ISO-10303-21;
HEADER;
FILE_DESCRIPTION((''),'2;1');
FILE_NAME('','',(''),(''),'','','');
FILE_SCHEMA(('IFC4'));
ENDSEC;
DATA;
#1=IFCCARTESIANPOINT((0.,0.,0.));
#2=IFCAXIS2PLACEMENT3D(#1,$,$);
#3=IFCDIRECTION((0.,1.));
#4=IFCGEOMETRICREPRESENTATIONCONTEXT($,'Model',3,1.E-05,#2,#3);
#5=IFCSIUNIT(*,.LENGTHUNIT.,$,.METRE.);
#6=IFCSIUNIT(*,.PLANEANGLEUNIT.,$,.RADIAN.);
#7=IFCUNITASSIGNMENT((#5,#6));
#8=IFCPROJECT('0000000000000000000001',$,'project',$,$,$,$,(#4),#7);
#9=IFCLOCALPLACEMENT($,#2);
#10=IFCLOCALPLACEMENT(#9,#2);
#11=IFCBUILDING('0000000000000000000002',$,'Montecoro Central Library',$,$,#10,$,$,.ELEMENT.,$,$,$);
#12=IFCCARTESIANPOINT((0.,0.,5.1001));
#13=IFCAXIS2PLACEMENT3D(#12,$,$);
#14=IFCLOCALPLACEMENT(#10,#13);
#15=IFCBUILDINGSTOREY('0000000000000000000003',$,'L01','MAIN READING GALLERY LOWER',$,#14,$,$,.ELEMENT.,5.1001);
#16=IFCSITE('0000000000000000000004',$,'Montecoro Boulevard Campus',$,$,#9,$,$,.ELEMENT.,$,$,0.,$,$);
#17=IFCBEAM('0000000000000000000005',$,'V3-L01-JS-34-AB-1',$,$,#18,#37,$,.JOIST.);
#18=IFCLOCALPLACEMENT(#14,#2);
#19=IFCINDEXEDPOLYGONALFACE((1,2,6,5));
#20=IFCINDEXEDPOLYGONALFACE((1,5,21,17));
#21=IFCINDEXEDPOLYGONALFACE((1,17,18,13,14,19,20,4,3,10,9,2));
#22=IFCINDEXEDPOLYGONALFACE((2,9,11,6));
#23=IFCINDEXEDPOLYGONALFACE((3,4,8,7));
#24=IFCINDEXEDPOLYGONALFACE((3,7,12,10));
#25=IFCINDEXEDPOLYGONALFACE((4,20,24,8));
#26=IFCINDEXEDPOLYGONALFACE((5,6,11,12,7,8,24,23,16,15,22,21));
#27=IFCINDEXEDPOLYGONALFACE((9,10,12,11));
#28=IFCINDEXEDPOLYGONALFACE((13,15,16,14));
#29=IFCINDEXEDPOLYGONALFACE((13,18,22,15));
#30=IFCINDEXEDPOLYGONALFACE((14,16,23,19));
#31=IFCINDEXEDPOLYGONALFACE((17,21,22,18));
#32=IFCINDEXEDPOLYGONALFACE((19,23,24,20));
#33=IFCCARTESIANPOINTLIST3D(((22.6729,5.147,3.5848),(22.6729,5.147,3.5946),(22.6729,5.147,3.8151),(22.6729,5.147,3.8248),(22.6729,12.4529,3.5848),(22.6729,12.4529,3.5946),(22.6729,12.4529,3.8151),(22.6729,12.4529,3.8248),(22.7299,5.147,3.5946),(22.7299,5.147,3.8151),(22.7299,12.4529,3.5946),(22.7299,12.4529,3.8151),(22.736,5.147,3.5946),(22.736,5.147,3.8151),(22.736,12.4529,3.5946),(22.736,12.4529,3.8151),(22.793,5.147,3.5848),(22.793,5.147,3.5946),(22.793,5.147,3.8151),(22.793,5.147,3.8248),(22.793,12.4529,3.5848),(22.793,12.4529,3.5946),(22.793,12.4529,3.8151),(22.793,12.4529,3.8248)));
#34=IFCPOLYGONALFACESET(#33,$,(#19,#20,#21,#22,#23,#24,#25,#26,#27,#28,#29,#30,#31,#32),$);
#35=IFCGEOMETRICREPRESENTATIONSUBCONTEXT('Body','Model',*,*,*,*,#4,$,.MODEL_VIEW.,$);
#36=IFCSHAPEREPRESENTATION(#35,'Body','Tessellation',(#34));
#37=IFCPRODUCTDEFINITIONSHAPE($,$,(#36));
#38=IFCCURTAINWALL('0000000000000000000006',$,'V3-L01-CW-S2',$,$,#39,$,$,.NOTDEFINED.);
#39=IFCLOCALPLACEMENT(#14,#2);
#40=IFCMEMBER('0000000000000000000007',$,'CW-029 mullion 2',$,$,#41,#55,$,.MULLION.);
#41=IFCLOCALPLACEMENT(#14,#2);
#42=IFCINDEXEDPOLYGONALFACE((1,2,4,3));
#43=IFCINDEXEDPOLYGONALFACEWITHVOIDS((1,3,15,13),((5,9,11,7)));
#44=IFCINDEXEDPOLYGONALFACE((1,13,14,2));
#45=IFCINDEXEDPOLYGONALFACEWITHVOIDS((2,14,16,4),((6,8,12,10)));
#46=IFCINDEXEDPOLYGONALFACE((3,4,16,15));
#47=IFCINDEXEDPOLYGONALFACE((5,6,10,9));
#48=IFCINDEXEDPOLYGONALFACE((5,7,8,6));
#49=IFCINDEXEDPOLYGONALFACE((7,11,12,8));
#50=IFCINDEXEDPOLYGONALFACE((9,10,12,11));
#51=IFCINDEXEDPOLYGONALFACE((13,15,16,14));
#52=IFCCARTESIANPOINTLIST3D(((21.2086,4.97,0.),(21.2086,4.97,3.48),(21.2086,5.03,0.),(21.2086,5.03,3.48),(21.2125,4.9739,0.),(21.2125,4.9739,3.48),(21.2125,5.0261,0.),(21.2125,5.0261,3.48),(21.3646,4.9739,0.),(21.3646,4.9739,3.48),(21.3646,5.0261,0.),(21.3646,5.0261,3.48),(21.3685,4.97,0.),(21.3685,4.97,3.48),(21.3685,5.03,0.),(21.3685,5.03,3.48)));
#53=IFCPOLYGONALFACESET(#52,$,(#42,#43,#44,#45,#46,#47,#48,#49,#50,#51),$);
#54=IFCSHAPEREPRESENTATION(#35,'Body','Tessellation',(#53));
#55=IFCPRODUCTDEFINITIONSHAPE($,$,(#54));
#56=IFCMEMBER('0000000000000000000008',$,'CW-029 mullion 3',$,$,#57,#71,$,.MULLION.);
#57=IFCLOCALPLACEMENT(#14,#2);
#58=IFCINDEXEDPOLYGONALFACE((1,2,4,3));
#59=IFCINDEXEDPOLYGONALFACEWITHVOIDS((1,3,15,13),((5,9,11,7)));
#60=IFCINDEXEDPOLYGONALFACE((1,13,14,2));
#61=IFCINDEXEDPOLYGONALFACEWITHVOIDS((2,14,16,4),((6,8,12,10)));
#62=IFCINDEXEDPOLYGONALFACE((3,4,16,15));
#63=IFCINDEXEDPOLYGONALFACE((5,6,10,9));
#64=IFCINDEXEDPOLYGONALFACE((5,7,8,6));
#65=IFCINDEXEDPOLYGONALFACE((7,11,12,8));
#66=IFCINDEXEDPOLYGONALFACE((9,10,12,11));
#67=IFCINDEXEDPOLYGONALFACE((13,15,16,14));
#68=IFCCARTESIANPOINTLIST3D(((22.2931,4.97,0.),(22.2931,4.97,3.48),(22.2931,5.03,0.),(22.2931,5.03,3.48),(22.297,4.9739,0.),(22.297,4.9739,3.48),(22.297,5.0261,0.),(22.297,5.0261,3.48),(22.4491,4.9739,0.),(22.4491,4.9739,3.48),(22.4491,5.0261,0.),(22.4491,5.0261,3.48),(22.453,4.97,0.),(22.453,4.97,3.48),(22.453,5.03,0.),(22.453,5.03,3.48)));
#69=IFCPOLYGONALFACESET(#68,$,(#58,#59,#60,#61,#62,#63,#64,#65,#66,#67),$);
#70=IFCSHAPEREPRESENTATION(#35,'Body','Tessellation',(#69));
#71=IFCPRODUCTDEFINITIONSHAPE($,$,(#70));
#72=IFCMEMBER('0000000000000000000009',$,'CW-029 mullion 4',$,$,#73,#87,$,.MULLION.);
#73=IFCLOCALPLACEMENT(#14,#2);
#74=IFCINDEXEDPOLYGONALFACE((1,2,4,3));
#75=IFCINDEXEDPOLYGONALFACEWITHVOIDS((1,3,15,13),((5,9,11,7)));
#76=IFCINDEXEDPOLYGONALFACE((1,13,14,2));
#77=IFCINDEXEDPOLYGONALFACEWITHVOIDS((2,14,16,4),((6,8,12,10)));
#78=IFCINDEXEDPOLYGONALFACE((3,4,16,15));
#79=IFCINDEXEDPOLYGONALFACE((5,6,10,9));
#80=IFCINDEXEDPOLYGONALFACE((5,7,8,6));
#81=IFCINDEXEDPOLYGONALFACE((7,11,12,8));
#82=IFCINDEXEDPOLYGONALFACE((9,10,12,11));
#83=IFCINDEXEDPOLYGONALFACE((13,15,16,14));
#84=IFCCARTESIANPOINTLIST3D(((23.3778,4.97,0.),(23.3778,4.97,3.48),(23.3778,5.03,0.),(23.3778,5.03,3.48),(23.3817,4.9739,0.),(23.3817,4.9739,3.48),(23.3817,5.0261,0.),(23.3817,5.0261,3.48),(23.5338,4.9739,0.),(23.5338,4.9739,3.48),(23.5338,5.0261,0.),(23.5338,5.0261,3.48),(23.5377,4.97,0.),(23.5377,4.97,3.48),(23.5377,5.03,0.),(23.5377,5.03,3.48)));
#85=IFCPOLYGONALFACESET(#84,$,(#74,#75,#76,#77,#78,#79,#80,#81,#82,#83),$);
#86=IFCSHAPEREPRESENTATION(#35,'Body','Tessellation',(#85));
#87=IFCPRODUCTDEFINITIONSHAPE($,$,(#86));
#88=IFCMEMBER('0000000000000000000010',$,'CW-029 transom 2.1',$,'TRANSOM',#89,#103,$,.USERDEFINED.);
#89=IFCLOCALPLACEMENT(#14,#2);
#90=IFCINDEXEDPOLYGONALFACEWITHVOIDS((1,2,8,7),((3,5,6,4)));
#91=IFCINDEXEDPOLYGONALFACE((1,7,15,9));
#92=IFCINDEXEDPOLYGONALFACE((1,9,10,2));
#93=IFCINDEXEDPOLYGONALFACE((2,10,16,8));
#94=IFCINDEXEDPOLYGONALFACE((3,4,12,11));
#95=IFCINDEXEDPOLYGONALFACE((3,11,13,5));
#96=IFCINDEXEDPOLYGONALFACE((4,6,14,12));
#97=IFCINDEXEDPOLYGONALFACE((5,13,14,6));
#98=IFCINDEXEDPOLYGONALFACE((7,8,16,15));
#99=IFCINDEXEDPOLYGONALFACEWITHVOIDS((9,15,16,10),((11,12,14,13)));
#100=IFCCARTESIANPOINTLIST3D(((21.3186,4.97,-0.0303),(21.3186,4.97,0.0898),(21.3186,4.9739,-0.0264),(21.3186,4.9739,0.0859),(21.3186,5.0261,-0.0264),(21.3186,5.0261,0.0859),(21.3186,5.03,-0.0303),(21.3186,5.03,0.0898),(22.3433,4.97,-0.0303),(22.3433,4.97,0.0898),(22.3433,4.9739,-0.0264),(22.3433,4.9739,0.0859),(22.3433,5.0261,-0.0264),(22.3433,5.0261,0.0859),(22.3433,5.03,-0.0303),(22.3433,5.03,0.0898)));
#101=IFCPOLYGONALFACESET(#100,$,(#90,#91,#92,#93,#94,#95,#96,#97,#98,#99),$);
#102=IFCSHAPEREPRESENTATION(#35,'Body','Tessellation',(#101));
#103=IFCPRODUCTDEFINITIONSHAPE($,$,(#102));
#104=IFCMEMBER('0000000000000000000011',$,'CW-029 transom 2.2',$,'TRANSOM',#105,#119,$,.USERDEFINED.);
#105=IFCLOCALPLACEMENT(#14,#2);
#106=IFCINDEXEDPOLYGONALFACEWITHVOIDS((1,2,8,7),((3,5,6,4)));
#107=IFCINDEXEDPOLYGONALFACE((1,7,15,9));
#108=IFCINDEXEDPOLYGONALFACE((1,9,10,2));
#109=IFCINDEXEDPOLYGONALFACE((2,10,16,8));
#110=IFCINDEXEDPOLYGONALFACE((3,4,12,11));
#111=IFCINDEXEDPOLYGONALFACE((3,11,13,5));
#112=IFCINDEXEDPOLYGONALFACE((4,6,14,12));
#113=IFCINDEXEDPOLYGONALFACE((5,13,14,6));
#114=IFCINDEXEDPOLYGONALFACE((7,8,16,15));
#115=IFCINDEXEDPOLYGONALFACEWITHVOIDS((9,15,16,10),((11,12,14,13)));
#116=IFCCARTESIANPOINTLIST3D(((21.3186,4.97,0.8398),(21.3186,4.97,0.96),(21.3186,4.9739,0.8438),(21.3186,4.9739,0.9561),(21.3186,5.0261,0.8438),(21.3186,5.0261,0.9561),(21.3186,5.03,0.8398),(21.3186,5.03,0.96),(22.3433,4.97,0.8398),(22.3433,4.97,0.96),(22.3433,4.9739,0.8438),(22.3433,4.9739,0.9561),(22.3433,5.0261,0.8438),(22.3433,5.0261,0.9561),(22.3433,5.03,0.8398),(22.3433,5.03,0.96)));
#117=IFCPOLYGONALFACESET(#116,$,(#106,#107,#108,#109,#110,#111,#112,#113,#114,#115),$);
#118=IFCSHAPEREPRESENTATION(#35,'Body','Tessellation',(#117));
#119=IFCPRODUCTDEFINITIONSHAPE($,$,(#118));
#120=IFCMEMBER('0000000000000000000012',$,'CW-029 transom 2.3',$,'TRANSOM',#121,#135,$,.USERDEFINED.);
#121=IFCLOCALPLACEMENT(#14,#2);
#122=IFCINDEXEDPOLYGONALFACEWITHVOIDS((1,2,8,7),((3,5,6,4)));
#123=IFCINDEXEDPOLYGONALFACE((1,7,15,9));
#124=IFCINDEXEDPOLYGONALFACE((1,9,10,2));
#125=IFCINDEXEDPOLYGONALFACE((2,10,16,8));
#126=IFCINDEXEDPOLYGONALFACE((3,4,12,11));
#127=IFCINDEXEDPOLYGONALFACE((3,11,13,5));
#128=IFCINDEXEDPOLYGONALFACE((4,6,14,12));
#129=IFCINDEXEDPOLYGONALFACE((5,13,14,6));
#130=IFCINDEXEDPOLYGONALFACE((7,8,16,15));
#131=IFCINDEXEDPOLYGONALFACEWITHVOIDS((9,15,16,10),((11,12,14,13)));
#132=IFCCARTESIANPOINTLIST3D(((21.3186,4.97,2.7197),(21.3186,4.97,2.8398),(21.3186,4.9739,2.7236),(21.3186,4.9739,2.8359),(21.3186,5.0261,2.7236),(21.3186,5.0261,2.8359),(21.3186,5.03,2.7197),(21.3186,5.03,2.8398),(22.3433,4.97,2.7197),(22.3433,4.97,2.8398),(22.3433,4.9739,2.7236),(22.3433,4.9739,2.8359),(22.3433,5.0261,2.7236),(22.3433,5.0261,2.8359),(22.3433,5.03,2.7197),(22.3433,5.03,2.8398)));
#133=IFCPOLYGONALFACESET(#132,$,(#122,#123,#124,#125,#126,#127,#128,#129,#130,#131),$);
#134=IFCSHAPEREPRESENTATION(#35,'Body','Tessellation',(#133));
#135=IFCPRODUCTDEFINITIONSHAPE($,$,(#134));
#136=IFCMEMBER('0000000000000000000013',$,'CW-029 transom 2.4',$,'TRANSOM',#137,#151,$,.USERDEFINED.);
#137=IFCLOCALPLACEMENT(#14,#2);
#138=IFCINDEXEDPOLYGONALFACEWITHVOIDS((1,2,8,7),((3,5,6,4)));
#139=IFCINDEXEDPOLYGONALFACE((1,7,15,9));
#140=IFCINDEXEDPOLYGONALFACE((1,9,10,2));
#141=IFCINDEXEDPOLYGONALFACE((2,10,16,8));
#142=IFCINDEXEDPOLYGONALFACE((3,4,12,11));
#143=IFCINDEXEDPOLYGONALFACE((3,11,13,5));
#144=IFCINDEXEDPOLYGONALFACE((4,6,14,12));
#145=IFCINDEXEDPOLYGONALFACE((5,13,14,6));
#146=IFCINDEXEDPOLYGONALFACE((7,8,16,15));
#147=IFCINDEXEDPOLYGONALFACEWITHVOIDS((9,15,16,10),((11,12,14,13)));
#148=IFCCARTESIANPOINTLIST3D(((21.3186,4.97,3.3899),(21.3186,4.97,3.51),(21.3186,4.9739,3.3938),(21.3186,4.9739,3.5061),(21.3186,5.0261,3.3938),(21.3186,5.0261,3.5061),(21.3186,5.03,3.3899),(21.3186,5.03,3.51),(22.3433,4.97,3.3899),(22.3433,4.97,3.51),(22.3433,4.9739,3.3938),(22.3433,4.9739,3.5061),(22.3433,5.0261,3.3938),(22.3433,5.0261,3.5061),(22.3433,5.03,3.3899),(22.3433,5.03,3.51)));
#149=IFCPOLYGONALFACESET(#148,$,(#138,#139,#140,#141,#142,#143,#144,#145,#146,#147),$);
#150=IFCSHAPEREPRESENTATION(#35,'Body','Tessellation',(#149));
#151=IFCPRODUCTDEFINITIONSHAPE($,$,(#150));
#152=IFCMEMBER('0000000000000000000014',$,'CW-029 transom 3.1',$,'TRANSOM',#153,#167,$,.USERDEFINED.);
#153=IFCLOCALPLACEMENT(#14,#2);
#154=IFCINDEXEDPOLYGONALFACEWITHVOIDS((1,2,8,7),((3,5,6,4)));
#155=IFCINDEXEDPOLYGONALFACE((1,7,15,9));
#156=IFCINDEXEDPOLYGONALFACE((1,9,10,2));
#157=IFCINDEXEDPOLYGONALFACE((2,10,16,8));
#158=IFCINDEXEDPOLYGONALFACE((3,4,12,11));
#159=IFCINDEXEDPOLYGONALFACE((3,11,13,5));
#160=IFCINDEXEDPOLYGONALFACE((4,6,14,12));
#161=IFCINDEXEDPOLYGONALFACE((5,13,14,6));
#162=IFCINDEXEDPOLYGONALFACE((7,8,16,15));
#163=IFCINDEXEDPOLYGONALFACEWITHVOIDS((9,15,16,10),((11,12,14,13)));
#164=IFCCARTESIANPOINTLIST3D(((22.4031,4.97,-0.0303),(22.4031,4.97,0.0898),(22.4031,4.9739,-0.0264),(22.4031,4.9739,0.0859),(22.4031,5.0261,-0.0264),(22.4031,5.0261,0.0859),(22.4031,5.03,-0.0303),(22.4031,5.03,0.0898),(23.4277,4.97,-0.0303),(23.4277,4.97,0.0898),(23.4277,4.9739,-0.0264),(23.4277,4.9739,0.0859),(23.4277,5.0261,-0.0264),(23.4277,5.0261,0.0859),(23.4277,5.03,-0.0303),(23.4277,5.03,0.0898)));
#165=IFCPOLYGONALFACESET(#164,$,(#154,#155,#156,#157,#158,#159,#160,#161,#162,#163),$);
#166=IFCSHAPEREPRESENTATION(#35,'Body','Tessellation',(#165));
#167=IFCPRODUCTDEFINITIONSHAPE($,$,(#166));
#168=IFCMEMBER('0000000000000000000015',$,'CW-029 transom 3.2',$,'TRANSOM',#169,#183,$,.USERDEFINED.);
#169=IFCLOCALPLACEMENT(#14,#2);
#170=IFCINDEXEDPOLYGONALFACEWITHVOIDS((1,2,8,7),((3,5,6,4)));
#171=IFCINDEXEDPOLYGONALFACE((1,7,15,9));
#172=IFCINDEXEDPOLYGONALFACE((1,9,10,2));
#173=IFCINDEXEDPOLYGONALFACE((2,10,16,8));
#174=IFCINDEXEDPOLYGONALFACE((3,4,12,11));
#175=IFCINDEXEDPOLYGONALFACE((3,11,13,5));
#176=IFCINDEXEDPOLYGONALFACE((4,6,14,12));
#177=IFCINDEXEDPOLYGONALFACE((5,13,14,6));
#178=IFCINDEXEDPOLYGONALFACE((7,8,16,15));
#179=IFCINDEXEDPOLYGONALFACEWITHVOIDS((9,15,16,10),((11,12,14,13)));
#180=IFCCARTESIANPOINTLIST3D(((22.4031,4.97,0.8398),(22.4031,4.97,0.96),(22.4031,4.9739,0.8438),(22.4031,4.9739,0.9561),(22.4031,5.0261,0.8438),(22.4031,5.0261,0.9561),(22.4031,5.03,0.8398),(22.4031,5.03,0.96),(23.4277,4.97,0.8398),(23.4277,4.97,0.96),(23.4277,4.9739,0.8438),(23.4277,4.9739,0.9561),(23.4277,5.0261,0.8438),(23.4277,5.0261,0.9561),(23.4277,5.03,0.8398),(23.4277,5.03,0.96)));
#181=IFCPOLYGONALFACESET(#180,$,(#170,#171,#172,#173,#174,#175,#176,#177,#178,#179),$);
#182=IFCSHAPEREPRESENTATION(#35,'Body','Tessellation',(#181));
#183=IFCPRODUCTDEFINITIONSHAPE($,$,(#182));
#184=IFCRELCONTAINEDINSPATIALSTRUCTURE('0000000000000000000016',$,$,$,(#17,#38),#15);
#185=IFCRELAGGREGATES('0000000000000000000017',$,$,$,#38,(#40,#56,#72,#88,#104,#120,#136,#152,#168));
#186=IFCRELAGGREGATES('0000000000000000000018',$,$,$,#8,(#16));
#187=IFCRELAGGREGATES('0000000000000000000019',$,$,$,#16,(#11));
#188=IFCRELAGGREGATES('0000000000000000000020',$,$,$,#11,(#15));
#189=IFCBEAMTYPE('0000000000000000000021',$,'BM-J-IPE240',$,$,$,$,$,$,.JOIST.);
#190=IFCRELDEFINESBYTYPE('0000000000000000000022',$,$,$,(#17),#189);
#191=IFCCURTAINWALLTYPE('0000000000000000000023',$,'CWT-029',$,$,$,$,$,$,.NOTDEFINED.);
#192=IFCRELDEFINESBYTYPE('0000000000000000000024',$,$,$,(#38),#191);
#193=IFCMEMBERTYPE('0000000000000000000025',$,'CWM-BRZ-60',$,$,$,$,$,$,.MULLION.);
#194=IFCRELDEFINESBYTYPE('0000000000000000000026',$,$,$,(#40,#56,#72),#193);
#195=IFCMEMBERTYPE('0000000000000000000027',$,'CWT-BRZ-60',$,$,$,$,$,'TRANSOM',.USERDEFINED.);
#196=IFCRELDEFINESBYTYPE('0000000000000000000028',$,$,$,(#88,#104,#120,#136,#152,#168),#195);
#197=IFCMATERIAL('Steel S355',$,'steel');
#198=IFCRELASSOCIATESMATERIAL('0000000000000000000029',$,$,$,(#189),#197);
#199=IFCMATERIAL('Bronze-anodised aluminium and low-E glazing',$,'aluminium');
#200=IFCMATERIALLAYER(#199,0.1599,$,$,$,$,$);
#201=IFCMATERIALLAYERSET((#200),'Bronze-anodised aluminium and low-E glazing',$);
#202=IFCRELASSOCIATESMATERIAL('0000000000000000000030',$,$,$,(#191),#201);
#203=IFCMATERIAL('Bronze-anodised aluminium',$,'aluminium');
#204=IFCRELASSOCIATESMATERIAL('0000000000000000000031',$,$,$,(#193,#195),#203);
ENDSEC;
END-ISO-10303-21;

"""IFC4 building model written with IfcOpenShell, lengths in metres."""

from ifc_helpers import new_model, si_unit, direction, frame, origin, origin_2d, place, context, subcontext, project, spatial, hollow_rectangle, i_section, extrude, material, layer, layer_set, material_profile, profile_set, type_object, element, aggregate, save


model = new_model("IFC4")

# Units and contexts
model_context = context("Model", 3, precision=1e-05, world=origin(), true_north=direction((0.0, 1.0)))
body_context = subcontext(model_context, "Body", "Model", "MODEL_VIEW")
ifc_project = project(units=[si_unit("LENGTHUNIT", "METRE"), si_unit("PLANEANGLEUNIT", "RADIAN")], contexts=[model_context])

# Site, building, storey
site_placement = place(None, origin())
site = spatial("IfcSite", under=ifc_project, at=site_placement, Name="Montecoro Boulevard Campus", CompositionType="ELEMENT", RefElevation=0.0)
building_placement = place(site_placement, origin())
building = spatial("IfcBuilding", under=site, at=building_placement, Name="Montecoro Central Library", CompositionType="ELEMENT")
storey_placement = place(building_placement, frame((0.0, 0.0, 5.1001)))
storey = spatial("IfcBuildingStorey", under=building, at=storey_placement, Name="L01", Description="MAIN READING GALLERY LOWER", CompositionType="ELEMENT", Elevation=5.1001)

# Beam
ifc_material_1 = material(Name="Steel S355", Category="steel")
ifc_material_profile_1 = material_profile(ifc_material_1, i_section(OverallWidth=0.1201, OverallDepth=0.24, WebThickness=0.0061, FlangeThickness=0.0098, at=origin_2d()), Name="IPE 240")
ifc_profile_set_1 = profile_set([ifc_material_profile_1], Name="Steel S355")
beam_type = type_object("IfcBeamType", Name="BM-J-IPE240", PredefinedType="JOIST", material=ifc_profile_set_1)
beam_placement = place(storey_placement, frame((22.7329, 5.147, 3.7048), z_axis=(0.0, 1.0, 0.0), x_axis=(-1.0, 0.0, 0.0)))
element("IfcBeam", 1, at=beam_placement, inside=storey, type_object=beam_type, Name="V3-L01-JS-34-AB-1", PredefinedType="JOIST", context=body_context, shape_type="SweptSolid", body=[
    extrude(i_section(OverallWidth=0.1201, OverallDepth=0.24, WebThickness=0.0061, FlangeThickness=0.0098, at=origin_2d()), origin(), (0.0, 0.0, 1.0), 7.3059),
])

# Curtain wall, members
ifc_material_2 = material(Name="Bronze-anodised aluminium and low-E glazing", Category="aluminium")
ifc_layer_1 = layer(ifc_material_2, 0.1599)
ifc_layer_set_1 = layer_set([ifc_layer_1], Name="Bronze-anodised aluminium and low-E glazing")
curtain_wall_type = type_object("IfcCurtainWallType", Name="CWT-029", PredefinedType="NOTDEFINED", material=ifc_layer_set_1)
curtain_wall_placement = place(storey_placement, origin())
curtain_wall = element("IfcCurtainWall", 2, at=curtain_wall_placement, inside=storey, type_object=curtain_wall_type, Name="V3-L01-CW-S2", PredefinedType="NOTDEFINED")
ifc_material_3 = material(Name="Bronze-anodised aluminium", Category="aluminium")
ifc_material_profile_2 = material_profile(ifc_material_3, hollow_rectangle(XDim=0.0601, YDim=0.1599, WallThickness=0.0039, at=origin_2d()), Name="CWM 160x60x4.0")
ifc_profile_set_2 = profile_set([ifc_material_profile_2], Name="Bronze-anodised aluminium")
member_type_1 = type_object("IfcMemberType", Name="CWM-BRZ-60", PredefinedType="MULLION", material=ifc_profile_set_2)
member_1_placement = place(storey_placement, frame((21.2886, 5.0, 0.0), z_axis=(0.0, 0.0, 1.0), x_axis=(0.0, 1.0, 0.0)))
member_1 = element("IfcMember", 3, at=member_1_placement, type_object=member_type_1, Name="CW-029 mullion 2", PredefinedType="MULLION", context=body_context, shape_type="SweptSolid", body=[
    extrude(hollow_rectangle(XDim=0.0601, YDim=0.1599, WallThickness=0.0039, at=origin_2d()), origin(), (0.0, 0.0, 1.0), 3.48),
])
member_2_placement = place(storey_placement, frame((22.373, 5.0, 0.0), z_axis=(0.0, 0.0, 1.0), x_axis=(0.0, 1.0, 0.0)))
member_2 = element("IfcMember", 4, at=member_2_placement, type_object=member_type_1, Name="CW-029 mullion 3", PredefinedType="MULLION", context=body_context, shape_type="SweptSolid", body=[
    extrude(hollow_rectangle(XDim=0.0601, YDim=0.1599, WallThickness=0.0039, at=origin_2d()), origin(), (0.0, 0.0, 1.0), 3.48),
])
member_3_placement = place(storey_placement, frame((23.4578, 5.0, 0.0), z_axis=(0.0, 0.0, 1.0), x_axis=(0.0, 1.0, 0.0)))
member_3 = element("IfcMember", 5, at=member_3_placement, type_object=member_type_1, Name="CW-029 mullion 4", PredefinedType="MULLION", context=body_context, shape_type="SweptSolid", body=[
    extrude(hollow_rectangle(XDim=0.0601, YDim=0.1599, WallThickness=0.0039, at=origin_2d()), origin(), (0.0, 0.0, 1.0), 3.48),
])
ifc_material_profile_3 = material_profile(ifc_material_3, hollow_rectangle(XDim=0.0601, YDim=0.1201, WallThickness=0.0039, at=origin_2d()), Name="CWT 120x60x4.0")
ifc_profile_set_3 = profile_set([ifc_material_profile_3], Name="Bronze-anodised aluminium")
member_type_2 = type_object("IfcMemberType", Name="CWT-BRZ-60", ElementType="TRANSOM", PredefinedType="USERDEFINED", material=ifc_profile_set_3)
member_4_placement = place(storey_placement, frame((21.3186, 5.0, 0.0298), z_axis=(1.0, 0.0, 0.0), x_axis=(0.0, 1.0, 0.0)))
member_4 = element("IfcMember", 6, at=member_4_placement, type_object=member_type_2, Name="CW-029 transom 2.1", ObjectType="TRANSOM", PredefinedType="USERDEFINED", context=body_context, shape_type="SweptSolid", body=[
    extrude(hollow_rectangle(XDim=0.0601, YDim=0.1201, WallThickness=0.0039, at=origin_2d()), origin(), (0.0, 0.0, 1.0), 1.0247),
])
member_5_placement = place(storey_placement, frame((21.3186, 5.0, 0.8999), z_axis=(1.0, 0.0, 0.0), x_axis=(0.0, 1.0, 0.0)))
member_5 = element("IfcMember", 7, at=member_5_placement, type_object=member_type_2, Name="CW-029 transom 2.2", ObjectType="TRANSOM", PredefinedType="USERDEFINED", context=body_context, shape_type="SweptSolid", body=[
    extrude(hollow_rectangle(XDim=0.0601, YDim=0.1201, WallThickness=0.0039, at=origin_2d()), origin(), (0.0, 0.0, 1.0), 1.0247),
])
member_6_placement = place(storey_placement, frame((21.3186, 5.0, 2.7798), z_axis=(1.0, 0.0, 0.0), x_axis=(0.0, 1.0, 0.0)))
member_6 = element("IfcMember", 8, at=member_6_placement, type_object=member_type_2, Name="CW-029 transom 2.3", ObjectType="TRANSOM", PredefinedType="USERDEFINED", context=body_context, shape_type="SweptSolid", body=[
    extrude(hollow_rectangle(XDim=0.0601, YDim=0.1201, WallThickness=0.0039, at=origin_2d()), origin(), (0.0, 0.0, 1.0), 1.0247),
])
member_7_placement = place(storey_placement, frame((21.3186, 5.0, 3.45), z_axis=(1.0, 0.0, 0.0), x_axis=(0.0, 1.0, 0.0)))
member_7 = element("IfcMember", 9, at=member_7_placement, type_object=member_type_2, Name="CW-029 transom 2.4", ObjectType="TRANSOM", PredefinedType="USERDEFINED", context=body_context, shape_type="SweptSolid", body=[
    extrude(hollow_rectangle(XDim=0.0601, YDim=0.1201, WallThickness=0.0039, at=origin_2d()), origin(), (0.0, 0.0, 1.0), 1.0247),
])
member_8_placement = place(storey_placement, frame((22.4031, 5.0, 0.0298), z_axis=(1.0, 0.0, 0.0), x_axis=(0.0, 1.0, 0.0)))
member_8 = element("IfcMember", 10, at=member_8_placement, type_object=member_type_2, Name="CW-029 transom 3.1", ObjectType="TRANSOM", PredefinedType="USERDEFINED", context=body_context, shape_type="SweptSolid", body=[
    extrude(hollow_rectangle(XDim=0.0601, YDim=0.1201, WallThickness=0.0039, at=origin_2d()), origin(), (0.0, 0.0, 1.0), 1.0247),
])
member_9_placement = place(storey_placement, frame((22.4031, 5.0, 0.8999), z_axis=(1.0, 0.0, 0.0), x_axis=(0.0, 1.0, 0.0)))
member_9 = element("IfcMember", 11, at=member_9_placement, type_object=member_type_2, Name="CW-029 transom 3.2", ObjectType="TRANSOM", PredefinedType="USERDEFINED", context=body_context, shape_type="SweptSolid", body=[
    extrude(hollow_rectangle(XDim=0.0601, YDim=0.1201, WallThickness=0.0039, at=origin_2d()), origin(), (0.0, 0.0, 1.0), 1.0247),
])
aggregate(curtain_wall, [member_1, member_2, member_3, member_4, member_5, member_6, member_7, member_8, member_9])

save(model, "model.ifc")
